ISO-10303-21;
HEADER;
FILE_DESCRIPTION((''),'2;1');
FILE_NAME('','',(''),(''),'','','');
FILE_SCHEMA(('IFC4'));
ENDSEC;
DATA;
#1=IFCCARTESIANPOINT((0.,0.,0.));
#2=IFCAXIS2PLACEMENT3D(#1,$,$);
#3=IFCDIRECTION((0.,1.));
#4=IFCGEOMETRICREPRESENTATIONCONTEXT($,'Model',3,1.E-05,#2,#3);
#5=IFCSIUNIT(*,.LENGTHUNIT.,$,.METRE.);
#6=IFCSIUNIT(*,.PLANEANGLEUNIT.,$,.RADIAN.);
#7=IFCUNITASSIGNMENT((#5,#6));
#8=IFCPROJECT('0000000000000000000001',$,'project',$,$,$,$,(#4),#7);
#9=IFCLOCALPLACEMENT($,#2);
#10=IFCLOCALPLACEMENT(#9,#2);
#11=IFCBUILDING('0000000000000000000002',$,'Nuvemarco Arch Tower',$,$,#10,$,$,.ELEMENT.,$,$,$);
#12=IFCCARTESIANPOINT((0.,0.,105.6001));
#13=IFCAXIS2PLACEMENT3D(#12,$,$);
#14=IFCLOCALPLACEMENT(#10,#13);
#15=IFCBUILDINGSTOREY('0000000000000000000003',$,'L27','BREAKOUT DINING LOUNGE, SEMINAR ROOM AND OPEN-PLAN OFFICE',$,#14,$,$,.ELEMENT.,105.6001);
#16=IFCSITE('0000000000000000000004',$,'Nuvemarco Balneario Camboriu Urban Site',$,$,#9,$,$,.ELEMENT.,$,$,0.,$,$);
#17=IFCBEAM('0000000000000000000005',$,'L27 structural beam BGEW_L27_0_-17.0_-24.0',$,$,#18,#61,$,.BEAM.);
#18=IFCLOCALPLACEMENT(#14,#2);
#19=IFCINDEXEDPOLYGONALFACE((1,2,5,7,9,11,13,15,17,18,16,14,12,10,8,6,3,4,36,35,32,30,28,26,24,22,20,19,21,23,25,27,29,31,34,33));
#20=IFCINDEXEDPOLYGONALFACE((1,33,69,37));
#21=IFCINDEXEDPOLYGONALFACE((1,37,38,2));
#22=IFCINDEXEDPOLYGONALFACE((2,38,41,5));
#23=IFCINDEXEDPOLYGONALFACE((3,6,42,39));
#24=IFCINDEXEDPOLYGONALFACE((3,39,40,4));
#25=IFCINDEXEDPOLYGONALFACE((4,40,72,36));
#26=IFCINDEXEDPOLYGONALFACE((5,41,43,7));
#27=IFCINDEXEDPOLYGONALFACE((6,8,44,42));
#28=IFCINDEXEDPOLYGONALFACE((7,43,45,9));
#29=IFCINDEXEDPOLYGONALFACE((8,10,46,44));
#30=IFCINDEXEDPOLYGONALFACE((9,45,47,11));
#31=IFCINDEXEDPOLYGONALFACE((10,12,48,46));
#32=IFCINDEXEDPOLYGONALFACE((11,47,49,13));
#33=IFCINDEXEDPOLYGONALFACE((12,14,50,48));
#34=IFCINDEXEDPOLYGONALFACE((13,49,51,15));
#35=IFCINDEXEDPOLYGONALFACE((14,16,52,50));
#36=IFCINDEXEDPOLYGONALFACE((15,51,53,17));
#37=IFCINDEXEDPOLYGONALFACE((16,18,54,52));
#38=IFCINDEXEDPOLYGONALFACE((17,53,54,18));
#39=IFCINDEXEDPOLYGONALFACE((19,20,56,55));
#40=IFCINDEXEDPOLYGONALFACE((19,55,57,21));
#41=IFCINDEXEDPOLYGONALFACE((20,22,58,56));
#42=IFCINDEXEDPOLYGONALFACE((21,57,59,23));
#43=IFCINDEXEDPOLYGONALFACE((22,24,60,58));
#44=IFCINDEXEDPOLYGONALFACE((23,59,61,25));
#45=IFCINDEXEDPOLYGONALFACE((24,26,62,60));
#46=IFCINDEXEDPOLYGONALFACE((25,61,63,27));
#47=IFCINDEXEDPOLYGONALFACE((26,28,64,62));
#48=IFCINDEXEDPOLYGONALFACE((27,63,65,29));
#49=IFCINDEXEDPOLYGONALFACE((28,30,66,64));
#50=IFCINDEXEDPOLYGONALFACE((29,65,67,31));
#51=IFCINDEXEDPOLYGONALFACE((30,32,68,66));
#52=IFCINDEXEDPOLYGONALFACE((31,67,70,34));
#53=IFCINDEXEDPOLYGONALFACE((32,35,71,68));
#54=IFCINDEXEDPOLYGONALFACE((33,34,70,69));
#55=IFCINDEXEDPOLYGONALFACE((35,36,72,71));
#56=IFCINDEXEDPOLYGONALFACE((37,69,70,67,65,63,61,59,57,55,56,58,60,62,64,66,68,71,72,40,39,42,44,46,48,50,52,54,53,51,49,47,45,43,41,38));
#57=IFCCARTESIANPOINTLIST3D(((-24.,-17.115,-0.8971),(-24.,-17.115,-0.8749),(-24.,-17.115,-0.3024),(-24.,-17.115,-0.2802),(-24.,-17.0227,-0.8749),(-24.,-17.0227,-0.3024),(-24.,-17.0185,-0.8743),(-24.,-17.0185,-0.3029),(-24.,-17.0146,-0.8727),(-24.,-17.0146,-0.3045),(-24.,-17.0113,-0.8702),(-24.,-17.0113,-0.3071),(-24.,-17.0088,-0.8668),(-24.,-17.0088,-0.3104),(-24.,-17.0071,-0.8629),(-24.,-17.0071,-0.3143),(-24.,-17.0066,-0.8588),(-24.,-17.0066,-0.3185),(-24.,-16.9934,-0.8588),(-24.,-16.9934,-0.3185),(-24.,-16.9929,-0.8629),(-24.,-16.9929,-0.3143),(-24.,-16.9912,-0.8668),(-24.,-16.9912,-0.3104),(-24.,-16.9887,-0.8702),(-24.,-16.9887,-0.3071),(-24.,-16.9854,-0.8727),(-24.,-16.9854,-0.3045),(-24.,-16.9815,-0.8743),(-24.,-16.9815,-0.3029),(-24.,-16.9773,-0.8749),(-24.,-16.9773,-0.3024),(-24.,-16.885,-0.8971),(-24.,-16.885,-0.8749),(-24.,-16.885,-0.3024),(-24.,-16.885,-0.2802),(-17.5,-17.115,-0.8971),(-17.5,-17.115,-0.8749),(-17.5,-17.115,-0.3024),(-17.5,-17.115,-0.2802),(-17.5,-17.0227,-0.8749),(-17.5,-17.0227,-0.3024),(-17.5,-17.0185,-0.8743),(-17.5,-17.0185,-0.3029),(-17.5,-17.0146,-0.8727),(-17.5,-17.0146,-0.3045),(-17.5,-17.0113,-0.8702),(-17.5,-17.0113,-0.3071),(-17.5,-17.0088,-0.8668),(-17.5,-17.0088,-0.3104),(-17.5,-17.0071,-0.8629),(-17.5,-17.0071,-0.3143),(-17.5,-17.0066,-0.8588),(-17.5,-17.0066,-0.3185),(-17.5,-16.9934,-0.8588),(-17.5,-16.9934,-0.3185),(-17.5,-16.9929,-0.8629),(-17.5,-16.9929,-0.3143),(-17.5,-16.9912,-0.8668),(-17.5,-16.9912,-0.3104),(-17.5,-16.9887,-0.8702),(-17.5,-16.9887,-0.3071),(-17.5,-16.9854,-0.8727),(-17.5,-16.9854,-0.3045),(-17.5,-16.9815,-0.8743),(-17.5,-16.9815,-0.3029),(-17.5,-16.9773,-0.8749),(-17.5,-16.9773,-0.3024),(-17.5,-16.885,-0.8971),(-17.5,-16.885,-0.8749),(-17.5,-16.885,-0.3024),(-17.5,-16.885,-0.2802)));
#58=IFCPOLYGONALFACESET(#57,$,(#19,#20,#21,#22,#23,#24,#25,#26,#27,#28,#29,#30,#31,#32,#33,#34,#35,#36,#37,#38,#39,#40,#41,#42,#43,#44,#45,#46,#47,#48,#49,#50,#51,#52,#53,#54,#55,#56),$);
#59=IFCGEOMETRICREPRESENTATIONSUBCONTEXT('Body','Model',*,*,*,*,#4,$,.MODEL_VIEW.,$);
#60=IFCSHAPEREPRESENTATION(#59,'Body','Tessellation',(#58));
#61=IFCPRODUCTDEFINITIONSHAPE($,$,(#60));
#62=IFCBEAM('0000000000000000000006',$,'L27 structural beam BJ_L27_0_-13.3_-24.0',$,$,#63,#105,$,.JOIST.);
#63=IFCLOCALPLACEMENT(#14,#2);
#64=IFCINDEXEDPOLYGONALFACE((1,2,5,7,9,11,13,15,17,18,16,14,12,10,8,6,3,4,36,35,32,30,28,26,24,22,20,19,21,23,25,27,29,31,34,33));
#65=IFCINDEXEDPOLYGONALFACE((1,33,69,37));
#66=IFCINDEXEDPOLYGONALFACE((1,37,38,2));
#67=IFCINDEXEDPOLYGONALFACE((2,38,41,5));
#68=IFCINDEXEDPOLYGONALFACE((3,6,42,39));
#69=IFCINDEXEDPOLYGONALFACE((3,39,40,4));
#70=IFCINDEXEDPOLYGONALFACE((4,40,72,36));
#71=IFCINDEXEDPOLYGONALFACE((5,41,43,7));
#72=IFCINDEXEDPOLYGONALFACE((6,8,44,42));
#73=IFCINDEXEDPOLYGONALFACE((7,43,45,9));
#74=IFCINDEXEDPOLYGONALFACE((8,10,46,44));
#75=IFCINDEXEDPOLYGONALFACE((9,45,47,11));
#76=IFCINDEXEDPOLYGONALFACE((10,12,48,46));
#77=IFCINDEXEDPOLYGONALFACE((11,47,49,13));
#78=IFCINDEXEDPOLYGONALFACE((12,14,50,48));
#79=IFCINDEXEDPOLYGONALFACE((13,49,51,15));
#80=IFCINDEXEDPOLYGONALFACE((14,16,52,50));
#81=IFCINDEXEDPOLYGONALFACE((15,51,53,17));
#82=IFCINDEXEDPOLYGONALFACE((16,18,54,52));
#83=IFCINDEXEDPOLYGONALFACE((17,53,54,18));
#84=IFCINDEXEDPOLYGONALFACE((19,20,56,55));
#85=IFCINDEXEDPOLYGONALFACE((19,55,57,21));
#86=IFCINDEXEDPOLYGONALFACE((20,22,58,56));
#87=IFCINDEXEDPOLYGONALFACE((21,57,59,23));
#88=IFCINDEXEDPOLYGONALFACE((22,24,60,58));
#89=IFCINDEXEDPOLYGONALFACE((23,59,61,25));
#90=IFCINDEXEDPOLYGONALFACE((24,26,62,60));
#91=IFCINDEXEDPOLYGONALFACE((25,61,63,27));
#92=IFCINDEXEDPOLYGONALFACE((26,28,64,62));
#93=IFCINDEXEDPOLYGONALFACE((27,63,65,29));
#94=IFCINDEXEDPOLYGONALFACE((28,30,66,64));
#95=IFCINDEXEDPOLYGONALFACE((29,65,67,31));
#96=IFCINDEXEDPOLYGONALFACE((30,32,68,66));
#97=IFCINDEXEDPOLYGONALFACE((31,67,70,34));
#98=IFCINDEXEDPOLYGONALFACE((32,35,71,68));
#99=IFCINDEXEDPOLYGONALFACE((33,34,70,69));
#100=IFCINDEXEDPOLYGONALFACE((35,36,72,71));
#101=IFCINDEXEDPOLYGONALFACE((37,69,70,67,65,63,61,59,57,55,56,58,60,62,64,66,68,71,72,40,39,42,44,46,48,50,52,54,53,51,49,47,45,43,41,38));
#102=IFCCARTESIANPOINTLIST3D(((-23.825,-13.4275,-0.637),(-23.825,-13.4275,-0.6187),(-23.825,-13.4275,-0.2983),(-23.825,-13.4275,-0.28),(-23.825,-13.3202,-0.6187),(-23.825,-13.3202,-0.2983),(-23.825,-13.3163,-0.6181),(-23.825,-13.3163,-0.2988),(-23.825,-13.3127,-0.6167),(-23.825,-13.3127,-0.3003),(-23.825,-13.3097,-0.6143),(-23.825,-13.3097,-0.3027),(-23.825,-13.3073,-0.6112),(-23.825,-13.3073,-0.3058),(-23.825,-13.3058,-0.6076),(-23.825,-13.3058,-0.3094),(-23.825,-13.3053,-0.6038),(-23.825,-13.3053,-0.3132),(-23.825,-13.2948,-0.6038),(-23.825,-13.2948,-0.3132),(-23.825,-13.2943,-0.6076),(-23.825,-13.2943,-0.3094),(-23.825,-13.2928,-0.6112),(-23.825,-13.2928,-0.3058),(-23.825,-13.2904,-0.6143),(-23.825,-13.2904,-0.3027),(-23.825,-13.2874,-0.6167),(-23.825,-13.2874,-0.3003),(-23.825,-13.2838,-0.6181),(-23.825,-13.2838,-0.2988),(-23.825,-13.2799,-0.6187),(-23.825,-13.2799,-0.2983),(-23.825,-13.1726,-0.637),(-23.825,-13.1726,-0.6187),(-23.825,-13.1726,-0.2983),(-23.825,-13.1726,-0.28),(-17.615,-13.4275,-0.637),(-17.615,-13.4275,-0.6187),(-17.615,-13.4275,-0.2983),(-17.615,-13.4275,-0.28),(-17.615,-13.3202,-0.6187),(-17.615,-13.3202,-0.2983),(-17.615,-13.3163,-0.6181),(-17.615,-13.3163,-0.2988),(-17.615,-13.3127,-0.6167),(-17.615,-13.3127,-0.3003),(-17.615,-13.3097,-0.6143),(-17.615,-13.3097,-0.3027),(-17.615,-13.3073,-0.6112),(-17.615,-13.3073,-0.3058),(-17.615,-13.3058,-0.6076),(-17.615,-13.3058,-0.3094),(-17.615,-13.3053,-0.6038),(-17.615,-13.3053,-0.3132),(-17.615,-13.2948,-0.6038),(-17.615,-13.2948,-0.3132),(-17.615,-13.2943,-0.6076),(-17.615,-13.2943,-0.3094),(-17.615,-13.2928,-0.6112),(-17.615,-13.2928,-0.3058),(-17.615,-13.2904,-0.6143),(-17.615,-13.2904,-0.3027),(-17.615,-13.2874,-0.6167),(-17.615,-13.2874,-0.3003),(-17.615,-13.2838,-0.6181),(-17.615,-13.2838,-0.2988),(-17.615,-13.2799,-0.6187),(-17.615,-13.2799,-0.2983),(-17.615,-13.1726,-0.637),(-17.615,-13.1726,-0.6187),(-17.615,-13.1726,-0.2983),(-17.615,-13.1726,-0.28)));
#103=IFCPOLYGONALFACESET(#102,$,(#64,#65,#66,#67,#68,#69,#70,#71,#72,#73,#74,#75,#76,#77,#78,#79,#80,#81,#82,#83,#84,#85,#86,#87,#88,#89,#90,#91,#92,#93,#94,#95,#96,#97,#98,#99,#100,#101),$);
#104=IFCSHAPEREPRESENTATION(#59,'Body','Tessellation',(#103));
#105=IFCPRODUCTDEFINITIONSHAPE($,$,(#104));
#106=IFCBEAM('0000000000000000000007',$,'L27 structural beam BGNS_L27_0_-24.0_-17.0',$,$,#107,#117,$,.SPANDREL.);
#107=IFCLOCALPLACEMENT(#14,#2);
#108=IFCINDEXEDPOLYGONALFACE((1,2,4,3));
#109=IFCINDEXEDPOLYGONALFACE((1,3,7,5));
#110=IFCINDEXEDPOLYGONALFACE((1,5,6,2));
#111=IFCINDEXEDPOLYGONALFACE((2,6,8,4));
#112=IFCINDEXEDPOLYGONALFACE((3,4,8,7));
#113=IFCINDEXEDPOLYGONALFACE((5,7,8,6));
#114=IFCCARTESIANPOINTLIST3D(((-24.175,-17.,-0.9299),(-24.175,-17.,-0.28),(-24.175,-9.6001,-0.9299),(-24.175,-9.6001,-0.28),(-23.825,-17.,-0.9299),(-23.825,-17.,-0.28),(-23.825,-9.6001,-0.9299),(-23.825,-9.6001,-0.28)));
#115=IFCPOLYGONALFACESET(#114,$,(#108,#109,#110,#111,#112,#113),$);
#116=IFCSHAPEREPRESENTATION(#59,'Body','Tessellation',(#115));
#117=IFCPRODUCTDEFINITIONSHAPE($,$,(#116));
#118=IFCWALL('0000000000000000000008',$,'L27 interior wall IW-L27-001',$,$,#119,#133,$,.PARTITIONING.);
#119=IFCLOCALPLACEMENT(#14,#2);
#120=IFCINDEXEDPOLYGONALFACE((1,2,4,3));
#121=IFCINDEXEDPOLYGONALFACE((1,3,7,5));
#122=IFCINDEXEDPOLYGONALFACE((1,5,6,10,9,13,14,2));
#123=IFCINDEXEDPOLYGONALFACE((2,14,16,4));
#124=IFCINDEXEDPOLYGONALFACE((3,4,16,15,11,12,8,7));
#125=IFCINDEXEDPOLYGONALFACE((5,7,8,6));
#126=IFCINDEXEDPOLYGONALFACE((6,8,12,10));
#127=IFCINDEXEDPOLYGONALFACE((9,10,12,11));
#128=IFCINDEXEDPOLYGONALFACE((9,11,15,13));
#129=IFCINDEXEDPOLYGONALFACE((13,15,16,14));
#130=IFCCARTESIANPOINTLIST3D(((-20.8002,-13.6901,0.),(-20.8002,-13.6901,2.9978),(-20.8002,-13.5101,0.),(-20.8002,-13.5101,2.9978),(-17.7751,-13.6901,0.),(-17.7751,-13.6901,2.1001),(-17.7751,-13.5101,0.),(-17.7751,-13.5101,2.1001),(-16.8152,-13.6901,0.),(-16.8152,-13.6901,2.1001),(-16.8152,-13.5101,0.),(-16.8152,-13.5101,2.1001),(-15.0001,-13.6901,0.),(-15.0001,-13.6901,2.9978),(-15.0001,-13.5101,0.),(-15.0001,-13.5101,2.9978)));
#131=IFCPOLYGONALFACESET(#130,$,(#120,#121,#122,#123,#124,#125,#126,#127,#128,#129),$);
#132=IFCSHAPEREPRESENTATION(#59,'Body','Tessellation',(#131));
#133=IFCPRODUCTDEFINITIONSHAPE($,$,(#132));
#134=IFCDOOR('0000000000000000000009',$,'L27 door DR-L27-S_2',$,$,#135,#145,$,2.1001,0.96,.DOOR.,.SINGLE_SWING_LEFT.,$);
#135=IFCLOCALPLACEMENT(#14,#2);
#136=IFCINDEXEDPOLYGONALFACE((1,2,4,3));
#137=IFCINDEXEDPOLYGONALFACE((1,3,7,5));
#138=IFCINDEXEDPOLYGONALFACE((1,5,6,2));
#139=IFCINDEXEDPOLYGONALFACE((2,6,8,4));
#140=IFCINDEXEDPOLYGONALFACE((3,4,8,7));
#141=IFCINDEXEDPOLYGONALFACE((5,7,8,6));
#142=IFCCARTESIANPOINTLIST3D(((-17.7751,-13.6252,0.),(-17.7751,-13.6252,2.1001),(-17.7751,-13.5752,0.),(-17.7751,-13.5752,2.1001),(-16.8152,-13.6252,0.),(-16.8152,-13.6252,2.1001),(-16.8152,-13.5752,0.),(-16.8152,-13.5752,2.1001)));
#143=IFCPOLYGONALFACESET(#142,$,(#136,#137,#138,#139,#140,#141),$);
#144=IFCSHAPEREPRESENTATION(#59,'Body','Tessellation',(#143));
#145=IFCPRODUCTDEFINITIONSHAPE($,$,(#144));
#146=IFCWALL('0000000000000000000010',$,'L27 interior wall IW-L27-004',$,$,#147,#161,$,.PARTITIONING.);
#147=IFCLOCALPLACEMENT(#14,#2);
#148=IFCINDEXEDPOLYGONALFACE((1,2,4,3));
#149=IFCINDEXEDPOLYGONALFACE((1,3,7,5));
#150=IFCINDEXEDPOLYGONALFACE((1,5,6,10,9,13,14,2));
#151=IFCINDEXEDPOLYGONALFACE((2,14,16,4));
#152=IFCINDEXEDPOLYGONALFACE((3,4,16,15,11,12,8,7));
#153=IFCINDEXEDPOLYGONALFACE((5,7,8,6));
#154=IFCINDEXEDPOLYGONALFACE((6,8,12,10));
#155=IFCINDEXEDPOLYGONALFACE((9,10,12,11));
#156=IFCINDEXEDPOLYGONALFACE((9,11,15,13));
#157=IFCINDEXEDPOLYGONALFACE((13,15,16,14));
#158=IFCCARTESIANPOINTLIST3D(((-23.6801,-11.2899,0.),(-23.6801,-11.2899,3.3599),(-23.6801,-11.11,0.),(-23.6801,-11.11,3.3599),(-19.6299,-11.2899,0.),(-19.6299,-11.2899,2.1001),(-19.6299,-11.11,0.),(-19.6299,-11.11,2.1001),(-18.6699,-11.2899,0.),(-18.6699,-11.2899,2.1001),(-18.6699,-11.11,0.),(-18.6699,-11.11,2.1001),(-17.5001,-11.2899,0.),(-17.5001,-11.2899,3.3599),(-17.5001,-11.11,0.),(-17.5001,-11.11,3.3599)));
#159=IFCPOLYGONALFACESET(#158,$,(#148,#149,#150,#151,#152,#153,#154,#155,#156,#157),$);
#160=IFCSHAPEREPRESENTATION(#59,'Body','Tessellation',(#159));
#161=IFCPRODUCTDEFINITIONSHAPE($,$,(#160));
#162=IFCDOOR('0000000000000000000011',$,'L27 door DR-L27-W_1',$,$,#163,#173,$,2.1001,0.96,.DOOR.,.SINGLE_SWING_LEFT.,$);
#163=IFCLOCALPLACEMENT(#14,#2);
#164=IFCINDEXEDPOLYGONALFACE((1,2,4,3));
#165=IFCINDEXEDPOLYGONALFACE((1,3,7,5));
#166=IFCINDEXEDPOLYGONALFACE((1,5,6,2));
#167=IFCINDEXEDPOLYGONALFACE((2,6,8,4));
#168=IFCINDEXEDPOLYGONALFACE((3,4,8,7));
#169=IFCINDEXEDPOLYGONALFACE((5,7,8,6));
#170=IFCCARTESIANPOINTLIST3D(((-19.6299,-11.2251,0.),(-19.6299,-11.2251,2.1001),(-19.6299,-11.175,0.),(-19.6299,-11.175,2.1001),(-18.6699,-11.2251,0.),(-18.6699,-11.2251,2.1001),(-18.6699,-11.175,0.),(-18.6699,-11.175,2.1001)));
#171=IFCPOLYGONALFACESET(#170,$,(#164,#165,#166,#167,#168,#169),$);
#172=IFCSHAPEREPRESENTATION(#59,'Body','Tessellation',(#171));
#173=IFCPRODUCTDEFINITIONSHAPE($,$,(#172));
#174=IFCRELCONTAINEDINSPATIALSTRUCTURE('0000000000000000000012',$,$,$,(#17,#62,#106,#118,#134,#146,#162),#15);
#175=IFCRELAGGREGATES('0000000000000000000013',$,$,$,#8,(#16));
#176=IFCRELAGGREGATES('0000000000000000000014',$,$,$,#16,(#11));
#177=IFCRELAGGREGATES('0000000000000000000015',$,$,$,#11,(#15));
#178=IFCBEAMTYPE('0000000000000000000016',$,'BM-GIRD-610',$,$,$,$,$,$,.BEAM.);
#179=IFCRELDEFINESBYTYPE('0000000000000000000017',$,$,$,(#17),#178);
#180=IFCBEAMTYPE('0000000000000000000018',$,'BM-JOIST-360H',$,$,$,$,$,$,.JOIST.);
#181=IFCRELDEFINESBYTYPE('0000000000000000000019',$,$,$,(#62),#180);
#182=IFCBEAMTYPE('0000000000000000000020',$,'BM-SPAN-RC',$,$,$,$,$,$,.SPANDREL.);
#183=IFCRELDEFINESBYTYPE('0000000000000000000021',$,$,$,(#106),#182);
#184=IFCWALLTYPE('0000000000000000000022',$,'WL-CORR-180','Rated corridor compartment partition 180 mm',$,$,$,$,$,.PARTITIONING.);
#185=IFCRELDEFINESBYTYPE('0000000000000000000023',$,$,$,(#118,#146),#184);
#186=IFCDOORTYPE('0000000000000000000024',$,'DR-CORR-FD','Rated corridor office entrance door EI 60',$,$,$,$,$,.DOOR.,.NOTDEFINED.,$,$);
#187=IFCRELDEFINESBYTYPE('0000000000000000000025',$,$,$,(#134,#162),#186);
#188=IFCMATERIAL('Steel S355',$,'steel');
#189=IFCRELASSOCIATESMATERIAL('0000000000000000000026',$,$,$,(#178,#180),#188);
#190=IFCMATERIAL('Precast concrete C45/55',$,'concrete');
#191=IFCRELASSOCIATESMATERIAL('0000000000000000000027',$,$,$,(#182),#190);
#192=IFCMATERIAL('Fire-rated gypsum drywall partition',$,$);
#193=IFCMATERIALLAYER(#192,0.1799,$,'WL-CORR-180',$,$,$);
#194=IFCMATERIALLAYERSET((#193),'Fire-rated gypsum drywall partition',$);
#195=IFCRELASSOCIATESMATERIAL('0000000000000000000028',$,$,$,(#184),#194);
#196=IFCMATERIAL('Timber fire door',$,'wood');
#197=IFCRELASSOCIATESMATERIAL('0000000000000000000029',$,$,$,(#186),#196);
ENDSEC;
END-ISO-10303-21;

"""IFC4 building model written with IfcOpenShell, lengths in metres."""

from ifc_helpers import new_model, si_unit, direction, frame, frame_2d, origin, origin_2d, place, context, subcontext, project, spatial, rectangle, i_section, extrude, source, transform, mapped, material, layer, layer_set, material_profile, profile_set, type_object, type_shapes, element, fill, save


model = new_model("IFC4")

# Units and contexts
model_context = context("Model", 3, precision=1e-05, world=origin(), true_north=direction((0.0, 1.0)))
body_context = subcontext(model_context, "Body", "Model", "MODEL_VIEW")
ifc_project = project(units=[si_unit("LENGTHUNIT", "METRE"), si_unit("PLANEANGLEUNIT", "RADIAN")], contexts=[model_context])

# Site, building, storey
site_placement = place(None, origin())
site = spatial("IfcSite", under=ifc_project, at=site_placement, Name="Nuvemarco Balneario Camboriu Urban Site", CompositionType="ELEMENT", RefElevation=0.0)
building_placement = place(site_placement, origin())
building = spatial("IfcBuilding", under=site, at=building_placement, Name="Nuvemarco Arch Tower", CompositionType="ELEMENT")
storey_placement = place(building_placement, frame((0.0, 0.0, 105.6001)))
storey = spatial("IfcBuildingStorey", under=building, at=storey_placement, Name="L27", Description="BREAKOUT DINING LOUNGE, SEMINAR ROOM AND OPEN-PLAN OFFICE", CompositionType="ELEMENT", Elevation=105.6001)

# Shared definitions
ifc_material_1 = material(Name="Steel S355", Category="steel")

# Beams
ifc_material_profile_1 = material_profile(ifc_material_1, i_section(OverallWidth=0.23, OverallDepth=0.6169, WebThickness=0.0132, FlangeThickness=0.0222, FilletRadius=0.0161, at=origin_2d()), Name="W610x140")
ifc_profile_set_1 = profile_set([ifc_material_profile_1], Name="Steel S355")
beam_type_1 = type_object("IfcBeamType", Name="BM-GIRD-610", PredefinedType="BEAM", material=ifc_profile_set_1)
beam_1_placement = place(storey_placement, frame((-24.0, -17.0, -0.5886), z_axis=(1.0, 0.0, 0.0), x_axis=(0.0, 1.0, 0.0)))
element("IfcBeam", 1, at=beam_1_placement, inside=storey, type_object=beam_type_1, Name="L27 structural beam BGEW_L27_0_-17.0_-24.0", PredefinedType="BEAM", context=body_context, shape_type="SweptSolid", body=[
    extrude(i_section(OverallWidth=0.23, OverallDepth=0.6169, WebThickness=0.0132, FlangeThickness=0.0222, FilletRadius=0.0161, at=origin_2d()), origin(), (0.0, 0.0, 1.0), 6.5),
])
ifc_material_profile_2 = material_profile(ifc_material_1, i_section(OverallWidth=0.2549, OverallDepth=0.3569, WebThickness=0.0105, FlangeThickness=0.0183, FilletRadius=0.0149, at=origin_2d()), Name="W360x101")
ifc_profile_set_2 = profile_set([ifc_material_profile_2], Name="Steel S355")
beam_type_2 = type_object("IfcBeamType", Name="BM-JOIST-360H", PredefinedType="JOIST", material=ifc_profile_set_2)
beam_2_placement = place(storey_placement, frame((-23.825, -13.3, -0.4585), z_axis=(1.0, 0.0, 0.0), x_axis=(0.0, 1.0, 0.0)))
element("IfcBeam", 2, at=beam_2_placement, inside=storey, type_object=beam_type_2, Name="L27 structural beam BJ_L27_0_-13.3_-24.0", PredefinedType="JOIST", context=body_context, shape_type="SweptSolid", body=[
    extrude(i_section(OverallWidth=0.2549, OverallDepth=0.3569, WebThickness=0.0105, FlangeThickness=0.0183, FilletRadius=0.0149, at=origin_2d()), origin(), (0.0, 0.0, 1.0), 6.21),
])
ifc_material_2 = material(Name="Precast concrete C45/55", Category="concrete")
ifc_material_profile_3 = material_profile(ifc_material_2, rectangle(XDim=0.3501, YDim=0.6499, at=origin_2d()), Name="PC-SP-350x650")
ifc_profile_set_3 = profile_set([ifc_material_profile_3], Name="Precast concrete C45/55")
beam_type_3 = type_object("IfcBeamType", Name="BM-SPAN-RC", PredefinedType="SPANDREL", material=ifc_profile_set_3)
beam_3_placement = place(storey_placement, frame((-24.0, -17.0, -0.605), z_axis=(0.0, 1.0, 0.0), x_axis=(-1.0, 0.0, 0.0)))
element("IfcBeam", 3, at=beam_3_placement, inside=storey, type_object=beam_type_3, Name="L27 structural beam BGNS_L27_0_-24.0_-17.0", PredefinedType="SPANDREL", context=body_context, shape_type="SweptSolid", body=[
    extrude(rectangle(XDim=0.3501, YDim=0.6499, at=origin_2d()), origin(), (0.0, 0.0, 1.0), 7.3999),
])

# Walls, openings, doors
ifc_material_3 = material(Name="Fire-rated gypsum drywall partition")
ifc_layer = layer(ifc_material_3, 0.1799, Name="WL-CORR-180")
ifc_layer_set = layer_set([ifc_layer], Name="Fire-rated gypsum drywall partition")
wall_type = type_object("IfcWallType", Name="WL-CORR-180", Description="Rated corridor compartment partition 180 mm", PredefinedType="PARTITIONING", material=ifc_layer_set)
wall_1_placement = place(storey_placement, frame((-20.8, -13.6001, 0.0), z_axis=(0.0, 0.0, 1.0), x_axis=(1.0, 0.0, 0.0)))
wall_1 = element("IfcWall", 4, at=wall_1_placement, inside=storey, type_object=wall_type, Name="L27 interior wall IW-L27-001", PredefinedType="PARTITIONING", context=body_context, shape_type="SweptSolid", body=[
    extrude(rectangle(XDim=5.8, YDim=0.1799, at=frame_2d((2.8999, 0.0))), origin(), (0.0, 0.0, 1.0), 2.9978),
])
opening_1_placement = place(wall_1_placement, frame((3.0249, 0.0, 0.0)))
opening_1 = element("IfcOpeningElement", 5, at=opening_1_placement, cuts=wall_1, PredefinedType="OPENING", context=body_context, shape_type="SweptSolid", body=[
    extrude(rectangle(XDim=0.96, YDim=2.1001, at=frame_2d((0.48, 1.05))), frame((0.0, 0.0999, 0.0), z_axis=(0.0, -1.0, 0.0), x_axis=(1.0, 0.0, 0.0)), (0.0, 0.0, 1.0), 0.2),
])
ifc_material_4 = material(Name="Timber fire door", Category="wood")
door_type = type_object("IfcDoorType", Name="DR-CORR-FD", Description="Rated corridor office entrance door EI 60", OperationType="NOTDEFINED", PredefinedType="DOOR", material=ifc_material_4)
shared_shape_1 = source(origin(), body_context, "Body", "SweptSolid", [
    extrude(rectangle(XDim=0.96, YDim=2.1001, at=frame_2d((0.48, 1.05))), frame((0.0, 0.0249, 0.0), z_axis=(0.0, -1.0, 0.0), x_axis=(1.0, 0.0, 0.0)), (0.0, 0.0, 1.0), 0.05),
])
type_shapes(door_type, [shared_shape_1])
door_1_placement = place(opening_1_placement, origin())
door_1 = element("IfcDoor", 6, at=door_1_placement, inside=storey, type_object=door_type, Name="L27 door DR-L27-S_2", OperationType="SINGLE_SWING_LEFT", OverallHeight=2.1001, OverallWidth=0.96, PredefinedType="DOOR", context=body_context, shape_type="MappedRepresentation", body=[
    mapped(shared_shape_1, transform((0.0, 0.0, 0.0), scale=1.0)),
])
fill(opening_1, door_1)
wall_2_placement = place(storey_placement, frame((-23.6799, -11.2, 0.0), z_axis=(0.0, 0.0, 1.0), x_axis=(1.0, 0.0, 0.0)))
wall_2 = element("IfcWall", 7, at=wall_2_placement, inside=storey, type_object=wall_type, Name="L27 interior wall IW-L27-004", PredefinedType="PARTITIONING", context=body_context, shape_type="SweptSolid", body=[
    extrude(rectangle(XDim=6.1799, YDim=0.1799, at=frame_2d((3.0898, 0.0))), origin(), (0.0, 0.0, 1.0), 3.3599),
])
opening_2_placement = place(wall_2_placement, frame((4.05, 0.0, 0.0)))
opening_2 = element("IfcOpeningElement", 8, at=opening_2_placement, cuts=wall_2, PredefinedType="OPENING", context=body_context, shape_type="SweptSolid", body=[
    extrude(rectangle(XDim=0.96, YDim=2.1001, at=frame_2d((0.48, 1.05))), frame((0.0, 0.0999, 0.0), z_axis=(0.0, -1.0, 0.0), x_axis=(1.0, 0.0, 0.0)), (0.0, 0.0, 1.0), 0.2),
])
door_2_placement = place(opening_2_placement, origin())
door_2 = element("IfcDoor", 9, at=door_2_placement, inside=storey, type_object=door_type, Name="L27 door DR-L27-W_1", OperationType="SINGLE_SWING_LEFT", OverallHeight=2.1001, OverallWidth=0.96, PredefinedType="DOOR", context=body_context, shape_type="MappedRepresentation", body=[
    mapped(shared_shape_1, transform((0.0, 0.0, 0.0), scale=1.0)),
])
fill(opening_2, door_2)

save(model, "model.ifc")
